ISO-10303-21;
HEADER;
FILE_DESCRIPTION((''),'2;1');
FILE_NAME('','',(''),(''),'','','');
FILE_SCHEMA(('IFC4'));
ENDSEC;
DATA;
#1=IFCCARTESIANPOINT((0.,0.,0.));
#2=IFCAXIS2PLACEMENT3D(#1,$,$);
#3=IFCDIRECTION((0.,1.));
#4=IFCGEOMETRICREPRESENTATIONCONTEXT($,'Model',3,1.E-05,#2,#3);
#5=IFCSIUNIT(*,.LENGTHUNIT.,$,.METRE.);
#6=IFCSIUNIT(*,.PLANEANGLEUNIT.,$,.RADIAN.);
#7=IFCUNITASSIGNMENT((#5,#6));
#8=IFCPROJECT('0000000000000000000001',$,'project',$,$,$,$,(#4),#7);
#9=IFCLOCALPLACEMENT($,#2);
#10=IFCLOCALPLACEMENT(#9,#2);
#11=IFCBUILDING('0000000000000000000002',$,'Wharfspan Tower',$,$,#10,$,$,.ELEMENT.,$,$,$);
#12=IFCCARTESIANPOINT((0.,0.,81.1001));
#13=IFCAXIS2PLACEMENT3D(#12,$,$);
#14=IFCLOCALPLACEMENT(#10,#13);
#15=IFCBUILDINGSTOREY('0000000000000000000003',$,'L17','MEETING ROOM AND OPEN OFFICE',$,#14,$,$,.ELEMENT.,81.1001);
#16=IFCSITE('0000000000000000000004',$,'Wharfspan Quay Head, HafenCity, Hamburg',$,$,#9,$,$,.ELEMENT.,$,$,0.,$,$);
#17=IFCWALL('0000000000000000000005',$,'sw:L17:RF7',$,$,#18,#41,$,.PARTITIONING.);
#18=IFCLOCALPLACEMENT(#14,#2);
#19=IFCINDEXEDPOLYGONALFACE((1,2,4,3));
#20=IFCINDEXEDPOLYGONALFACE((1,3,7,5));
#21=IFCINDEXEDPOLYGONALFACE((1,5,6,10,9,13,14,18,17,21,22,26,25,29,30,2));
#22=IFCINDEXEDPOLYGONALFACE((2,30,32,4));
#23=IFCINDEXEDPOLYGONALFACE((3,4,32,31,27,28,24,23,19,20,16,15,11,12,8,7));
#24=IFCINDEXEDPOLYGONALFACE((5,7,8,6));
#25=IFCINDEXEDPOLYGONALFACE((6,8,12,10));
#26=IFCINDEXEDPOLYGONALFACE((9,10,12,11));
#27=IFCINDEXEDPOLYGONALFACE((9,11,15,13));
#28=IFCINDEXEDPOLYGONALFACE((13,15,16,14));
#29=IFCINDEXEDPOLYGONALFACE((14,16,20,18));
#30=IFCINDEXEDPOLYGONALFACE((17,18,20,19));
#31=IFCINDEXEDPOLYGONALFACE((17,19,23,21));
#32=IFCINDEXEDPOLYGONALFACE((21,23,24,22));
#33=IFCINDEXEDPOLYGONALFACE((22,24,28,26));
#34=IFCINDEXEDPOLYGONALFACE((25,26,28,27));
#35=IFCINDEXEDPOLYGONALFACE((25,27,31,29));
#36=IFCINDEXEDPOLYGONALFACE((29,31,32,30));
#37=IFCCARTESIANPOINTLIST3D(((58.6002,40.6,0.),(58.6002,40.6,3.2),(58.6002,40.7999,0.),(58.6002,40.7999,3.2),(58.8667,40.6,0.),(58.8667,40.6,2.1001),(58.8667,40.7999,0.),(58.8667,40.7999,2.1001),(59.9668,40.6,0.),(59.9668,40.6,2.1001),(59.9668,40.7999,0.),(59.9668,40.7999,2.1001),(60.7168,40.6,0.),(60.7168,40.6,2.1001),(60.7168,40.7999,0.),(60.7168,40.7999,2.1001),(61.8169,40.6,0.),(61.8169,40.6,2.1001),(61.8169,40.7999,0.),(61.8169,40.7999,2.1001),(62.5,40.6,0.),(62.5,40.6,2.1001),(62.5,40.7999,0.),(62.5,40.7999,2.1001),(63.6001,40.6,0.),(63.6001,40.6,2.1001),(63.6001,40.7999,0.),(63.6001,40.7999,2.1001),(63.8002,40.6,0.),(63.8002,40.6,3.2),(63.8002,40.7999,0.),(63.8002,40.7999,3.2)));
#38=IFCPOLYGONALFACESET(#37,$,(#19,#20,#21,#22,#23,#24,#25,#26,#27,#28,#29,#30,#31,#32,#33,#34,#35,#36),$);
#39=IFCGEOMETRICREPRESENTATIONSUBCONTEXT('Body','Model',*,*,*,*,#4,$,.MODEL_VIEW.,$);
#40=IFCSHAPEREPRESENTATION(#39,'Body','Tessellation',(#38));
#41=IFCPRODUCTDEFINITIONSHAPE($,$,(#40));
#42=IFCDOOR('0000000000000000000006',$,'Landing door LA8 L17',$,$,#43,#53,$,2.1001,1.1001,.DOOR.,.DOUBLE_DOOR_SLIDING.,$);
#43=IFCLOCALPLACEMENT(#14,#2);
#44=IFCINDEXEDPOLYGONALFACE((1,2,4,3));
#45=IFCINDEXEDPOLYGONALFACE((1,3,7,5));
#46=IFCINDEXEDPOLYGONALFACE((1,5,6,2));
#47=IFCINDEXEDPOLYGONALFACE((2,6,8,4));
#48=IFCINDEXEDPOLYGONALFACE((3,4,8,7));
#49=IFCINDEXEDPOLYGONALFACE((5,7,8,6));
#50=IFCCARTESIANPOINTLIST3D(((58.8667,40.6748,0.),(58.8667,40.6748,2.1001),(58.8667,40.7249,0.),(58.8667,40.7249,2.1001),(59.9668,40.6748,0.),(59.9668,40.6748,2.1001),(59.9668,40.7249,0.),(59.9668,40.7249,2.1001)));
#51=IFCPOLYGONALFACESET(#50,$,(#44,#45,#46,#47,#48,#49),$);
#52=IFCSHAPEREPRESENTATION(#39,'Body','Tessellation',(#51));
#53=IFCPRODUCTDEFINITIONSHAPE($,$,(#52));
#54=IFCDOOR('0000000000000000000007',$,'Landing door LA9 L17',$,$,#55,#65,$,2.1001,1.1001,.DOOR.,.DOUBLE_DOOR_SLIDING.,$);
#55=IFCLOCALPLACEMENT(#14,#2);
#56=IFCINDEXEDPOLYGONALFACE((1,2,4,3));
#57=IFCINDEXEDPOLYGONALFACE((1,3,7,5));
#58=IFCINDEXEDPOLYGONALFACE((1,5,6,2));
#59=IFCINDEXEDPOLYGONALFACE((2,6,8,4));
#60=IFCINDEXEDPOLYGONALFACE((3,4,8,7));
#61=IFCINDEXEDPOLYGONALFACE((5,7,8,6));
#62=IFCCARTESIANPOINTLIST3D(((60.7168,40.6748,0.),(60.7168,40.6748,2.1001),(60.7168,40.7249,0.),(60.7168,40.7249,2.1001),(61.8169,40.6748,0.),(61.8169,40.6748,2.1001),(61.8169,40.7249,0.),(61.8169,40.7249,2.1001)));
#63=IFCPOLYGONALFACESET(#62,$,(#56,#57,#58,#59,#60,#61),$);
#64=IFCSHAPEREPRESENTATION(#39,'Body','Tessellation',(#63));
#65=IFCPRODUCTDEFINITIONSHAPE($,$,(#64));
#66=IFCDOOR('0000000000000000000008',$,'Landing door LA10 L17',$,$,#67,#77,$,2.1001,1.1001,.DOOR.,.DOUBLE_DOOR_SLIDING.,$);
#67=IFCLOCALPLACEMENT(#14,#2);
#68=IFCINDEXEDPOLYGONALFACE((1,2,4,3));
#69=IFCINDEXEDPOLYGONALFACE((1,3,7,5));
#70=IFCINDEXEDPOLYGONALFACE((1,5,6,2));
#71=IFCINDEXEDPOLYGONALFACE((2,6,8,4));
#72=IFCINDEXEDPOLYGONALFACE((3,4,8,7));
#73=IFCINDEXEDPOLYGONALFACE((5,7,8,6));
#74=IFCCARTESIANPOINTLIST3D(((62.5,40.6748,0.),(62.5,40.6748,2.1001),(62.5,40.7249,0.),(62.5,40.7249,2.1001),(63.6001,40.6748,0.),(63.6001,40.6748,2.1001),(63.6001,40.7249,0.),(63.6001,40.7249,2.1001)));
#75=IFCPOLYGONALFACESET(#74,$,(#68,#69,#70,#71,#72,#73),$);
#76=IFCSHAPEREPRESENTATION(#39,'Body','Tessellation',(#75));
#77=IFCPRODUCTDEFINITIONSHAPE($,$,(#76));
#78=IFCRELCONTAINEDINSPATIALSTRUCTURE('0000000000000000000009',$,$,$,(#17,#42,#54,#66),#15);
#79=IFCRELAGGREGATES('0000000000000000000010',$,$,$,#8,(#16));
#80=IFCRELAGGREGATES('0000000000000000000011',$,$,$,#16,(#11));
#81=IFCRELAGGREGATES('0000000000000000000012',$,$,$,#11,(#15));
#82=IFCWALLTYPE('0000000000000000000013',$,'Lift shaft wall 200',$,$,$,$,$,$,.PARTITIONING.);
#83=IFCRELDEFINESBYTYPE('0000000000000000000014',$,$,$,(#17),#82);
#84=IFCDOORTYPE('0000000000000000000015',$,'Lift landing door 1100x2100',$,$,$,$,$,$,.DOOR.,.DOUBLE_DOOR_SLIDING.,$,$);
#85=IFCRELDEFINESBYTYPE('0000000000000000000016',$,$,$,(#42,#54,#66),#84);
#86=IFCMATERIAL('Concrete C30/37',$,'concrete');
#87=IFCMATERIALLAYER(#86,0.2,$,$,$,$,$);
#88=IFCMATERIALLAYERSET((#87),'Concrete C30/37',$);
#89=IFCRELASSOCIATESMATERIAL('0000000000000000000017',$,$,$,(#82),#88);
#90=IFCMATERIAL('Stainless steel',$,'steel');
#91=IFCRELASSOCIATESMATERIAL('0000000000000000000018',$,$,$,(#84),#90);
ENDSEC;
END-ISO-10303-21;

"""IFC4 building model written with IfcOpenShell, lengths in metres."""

from ifc_helpers import new_model, si_unit, direction, frame, frame_2d, origin, place, context, subcontext, project, spatial, rectangle, extrude, material, layer, layer_set, type_object, element, fill, save


model = new_model("IFC4")

# Units and contexts
model_context = context("Model", 3, precision=1e-05, world=origin(), true_north=direction((0.0, 1.0)))
body_context = subcontext(model_context, "Body", "Model", "MODEL_VIEW")
ifc_project = project(units=[si_unit("LENGTHUNIT", "METRE"), si_unit("PLANEANGLEUNIT", "RADIAN")], contexts=[model_context])

# Site, building, storey
site_placement = place(None, origin())
site = spatial("IfcSite", under=ifc_project, at=site_placement, Name="Wharfspan Quay Head, HafenCity, Hamburg", CompositionType="ELEMENT", RefElevation=0.0)
building_placement = place(site_placement, origin())
building = spatial("IfcBuilding", under=site, at=building_placement, Name="Wharfspan Tower", CompositionType="ELEMENT")
storey_placement = place(building_placement, frame((0.0, 0.0, 81.1001)))
storey = spatial("IfcBuildingStorey", under=building, at=storey_placement, Name="L17", Description="MEETING ROOM AND OPEN OFFICE", CompositionType="ELEMENT", Elevation=81.1001)

# Shared definitions
ifc_material_1 = material(Name="Concrete C30/37", Category="concrete")
ifc_layer_1 = layer(ifc_material_1, 0.2)
ifc_layer_set_1 = layer_set([ifc_layer_1], Name="Concrete C30/37")
wall_type_1 = type_object("IfcWallType", Name="Lift shaft wall 200", PredefinedType="PARTITIONING", material=ifc_layer_set_1)

# Wall, openings, doors
wall_1_placement = place(storey_placement, frame((58.6001, 40.7, 0.0), z_axis=(0.0, 0.0, 1.0), x_axis=(1.0, 0.0, 0.0)))
wall_1 = element("IfcWall", 1, at=wall_1_placement, inside=storey, type_object=wall_type_1, Name="sw:L17:RF7", PredefinedType="PARTITIONING", context=body_context, shape_type="SweptSolid", body=[
    extrude(rectangle(XDim=5.2, YDim=0.2, at=frame_2d((2.6001, 0.0))), origin(), (0.0, 0.0, 1.0), 3.2),
])
opening_1_placement = place(wall_1_placement, frame((0.2666, 0.0, 0.0)))
opening_1 = element("IfcOpeningElement", 2, at=opening_1_placement, cuts=wall_1, PredefinedType="OPENING", context=body_context, shape_type="SweptSolid", body=[
    extrude(rectangle(XDim=1.1001, YDim=2.1001, at=frame_2d((0.55, 1.05))), frame((0.0, 0.1099, 0.0), z_axis=(0.0, -1.0, 0.0), x_axis=(1.0, 0.0, 0.0)), (0.0, 0.0, 1.0), 0.22),
])
opening_2_placement = place(wall_1_placement, frame((2.1167, 0.0, 0.0)))
opening_2 = element("IfcOpeningElement", 3, at=opening_2_placement, cuts=wall_1, PredefinedType="OPENING", context=body_context, shape_type="SweptSolid", body=[
    extrude(rectangle(XDim=1.1001, YDim=2.1001, at=frame_2d((0.55, 1.05))), frame((0.0, 0.1099, 0.0), z_axis=(0.0, -1.0, 0.0), x_axis=(1.0, 0.0, 0.0)), (0.0, 0.0, 1.0), 0.22),
])
opening_3_placement = place(wall_1_placement, frame((3.8999, 0.0, 0.0)))
opening_3 = element("IfcOpeningElement", 4, at=opening_3_placement, cuts=wall_1, PredefinedType="OPENING", context=body_context, shape_type="SweptSolid", body=[
    extrude(rectangle(XDim=1.1001, YDim=2.1001, at=frame_2d((0.55, 1.05))), frame((0.0, 0.1099, 0.0), z_axis=(0.0, -1.0, 0.0), x_axis=(1.0, 0.0, 0.0)), (0.0, 0.0, 1.0), 0.22),
])
ifc_material_2 = material(Name="Stainless steel", Category="steel")
door_type_1 = type_object("IfcDoorType", Name="Lift landing door 1100x2100", OperationType="DOUBLE_DOOR_SLIDING", PredefinedType="DOOR", material=ifc_material_2)
door_1_placement = place(opening_1_placement, origin())
door_1 = element("IfcDoor", 5, at=door_1_placement, inside=storey, type_object=door_type_1, Name="Landing door LA8 L17", OperationType="DOUBLE_DOOR_SLIDING", OverallHeight=2.1001, OverallWidth=1.1001, PredefinedType="DOOR", context=body_context, shape_type="SweptSolid", body=[
    extrude(rectangle(XDim=1.1001, YDim=2.1001, at=frame_2d((0.55, 1.05))), frame((0.0, 0.0249, 0.0), z_axis=(0.0, -1.0, 0.0), x_axis=(1.0, 0.0, 0.0)), (0.0, 0.0, 1.0), 0.05),
])
fill(opening_1, door_1)
door_2_placement = place(opening_2_placement, origin())
door_2 = element("IfcDoor", 6, at=door_2_placement, inside=storey, type_object=door_type_1, Name="Landing door LA9 L17", OperationType="DOUBLE_DOOR_SLIDING", OverallHeight=2.1001, OverallWidth=1.1001, PredefinedType="DOOR", context=body_context, shape_type="SweptSolid", body=[
    extrude(rectangle(XDim=1.1001, YDim=2.1001, at=frame_2d((0.55, 1.05))), frame((0.0, 0.0249, 0.0), z_axis=(0.0, -1.0, 0.0), x_axis=(1.0, 0.0, 0.0)), (0.0, 0.0, 1.0), 0.05),
])
fill(opening_2, door_2)
door_3_placement = place(opening_3_placement, origin())
door_3 = element("IfcDoor", 7, at=door_3_placement, inside=storey, type_object=door_type_1, Name="Landing door LA10 L17", OperationType="DOUBLE_DOOR_SLIDING", OverallHeight=2.1001, OverallWidth=1.1001, PredefinedType="DOOR", context=body_context, shape_type="SweptSolid", body=[
    extrude(rectangle(XDim=1.1001, YDim=2.1001, at=frame_2d((0.55, 1.05))), frame((0.0, 0.0249, 0.0), z_axis=(0.0, -1.0, 0.0), x_axis=(1.0, 0.0, 0.0)), (0.0, 0.0, 1.0), 0.05),
])
fill(opening_3, door_3)

save(model, "model.ifc")
